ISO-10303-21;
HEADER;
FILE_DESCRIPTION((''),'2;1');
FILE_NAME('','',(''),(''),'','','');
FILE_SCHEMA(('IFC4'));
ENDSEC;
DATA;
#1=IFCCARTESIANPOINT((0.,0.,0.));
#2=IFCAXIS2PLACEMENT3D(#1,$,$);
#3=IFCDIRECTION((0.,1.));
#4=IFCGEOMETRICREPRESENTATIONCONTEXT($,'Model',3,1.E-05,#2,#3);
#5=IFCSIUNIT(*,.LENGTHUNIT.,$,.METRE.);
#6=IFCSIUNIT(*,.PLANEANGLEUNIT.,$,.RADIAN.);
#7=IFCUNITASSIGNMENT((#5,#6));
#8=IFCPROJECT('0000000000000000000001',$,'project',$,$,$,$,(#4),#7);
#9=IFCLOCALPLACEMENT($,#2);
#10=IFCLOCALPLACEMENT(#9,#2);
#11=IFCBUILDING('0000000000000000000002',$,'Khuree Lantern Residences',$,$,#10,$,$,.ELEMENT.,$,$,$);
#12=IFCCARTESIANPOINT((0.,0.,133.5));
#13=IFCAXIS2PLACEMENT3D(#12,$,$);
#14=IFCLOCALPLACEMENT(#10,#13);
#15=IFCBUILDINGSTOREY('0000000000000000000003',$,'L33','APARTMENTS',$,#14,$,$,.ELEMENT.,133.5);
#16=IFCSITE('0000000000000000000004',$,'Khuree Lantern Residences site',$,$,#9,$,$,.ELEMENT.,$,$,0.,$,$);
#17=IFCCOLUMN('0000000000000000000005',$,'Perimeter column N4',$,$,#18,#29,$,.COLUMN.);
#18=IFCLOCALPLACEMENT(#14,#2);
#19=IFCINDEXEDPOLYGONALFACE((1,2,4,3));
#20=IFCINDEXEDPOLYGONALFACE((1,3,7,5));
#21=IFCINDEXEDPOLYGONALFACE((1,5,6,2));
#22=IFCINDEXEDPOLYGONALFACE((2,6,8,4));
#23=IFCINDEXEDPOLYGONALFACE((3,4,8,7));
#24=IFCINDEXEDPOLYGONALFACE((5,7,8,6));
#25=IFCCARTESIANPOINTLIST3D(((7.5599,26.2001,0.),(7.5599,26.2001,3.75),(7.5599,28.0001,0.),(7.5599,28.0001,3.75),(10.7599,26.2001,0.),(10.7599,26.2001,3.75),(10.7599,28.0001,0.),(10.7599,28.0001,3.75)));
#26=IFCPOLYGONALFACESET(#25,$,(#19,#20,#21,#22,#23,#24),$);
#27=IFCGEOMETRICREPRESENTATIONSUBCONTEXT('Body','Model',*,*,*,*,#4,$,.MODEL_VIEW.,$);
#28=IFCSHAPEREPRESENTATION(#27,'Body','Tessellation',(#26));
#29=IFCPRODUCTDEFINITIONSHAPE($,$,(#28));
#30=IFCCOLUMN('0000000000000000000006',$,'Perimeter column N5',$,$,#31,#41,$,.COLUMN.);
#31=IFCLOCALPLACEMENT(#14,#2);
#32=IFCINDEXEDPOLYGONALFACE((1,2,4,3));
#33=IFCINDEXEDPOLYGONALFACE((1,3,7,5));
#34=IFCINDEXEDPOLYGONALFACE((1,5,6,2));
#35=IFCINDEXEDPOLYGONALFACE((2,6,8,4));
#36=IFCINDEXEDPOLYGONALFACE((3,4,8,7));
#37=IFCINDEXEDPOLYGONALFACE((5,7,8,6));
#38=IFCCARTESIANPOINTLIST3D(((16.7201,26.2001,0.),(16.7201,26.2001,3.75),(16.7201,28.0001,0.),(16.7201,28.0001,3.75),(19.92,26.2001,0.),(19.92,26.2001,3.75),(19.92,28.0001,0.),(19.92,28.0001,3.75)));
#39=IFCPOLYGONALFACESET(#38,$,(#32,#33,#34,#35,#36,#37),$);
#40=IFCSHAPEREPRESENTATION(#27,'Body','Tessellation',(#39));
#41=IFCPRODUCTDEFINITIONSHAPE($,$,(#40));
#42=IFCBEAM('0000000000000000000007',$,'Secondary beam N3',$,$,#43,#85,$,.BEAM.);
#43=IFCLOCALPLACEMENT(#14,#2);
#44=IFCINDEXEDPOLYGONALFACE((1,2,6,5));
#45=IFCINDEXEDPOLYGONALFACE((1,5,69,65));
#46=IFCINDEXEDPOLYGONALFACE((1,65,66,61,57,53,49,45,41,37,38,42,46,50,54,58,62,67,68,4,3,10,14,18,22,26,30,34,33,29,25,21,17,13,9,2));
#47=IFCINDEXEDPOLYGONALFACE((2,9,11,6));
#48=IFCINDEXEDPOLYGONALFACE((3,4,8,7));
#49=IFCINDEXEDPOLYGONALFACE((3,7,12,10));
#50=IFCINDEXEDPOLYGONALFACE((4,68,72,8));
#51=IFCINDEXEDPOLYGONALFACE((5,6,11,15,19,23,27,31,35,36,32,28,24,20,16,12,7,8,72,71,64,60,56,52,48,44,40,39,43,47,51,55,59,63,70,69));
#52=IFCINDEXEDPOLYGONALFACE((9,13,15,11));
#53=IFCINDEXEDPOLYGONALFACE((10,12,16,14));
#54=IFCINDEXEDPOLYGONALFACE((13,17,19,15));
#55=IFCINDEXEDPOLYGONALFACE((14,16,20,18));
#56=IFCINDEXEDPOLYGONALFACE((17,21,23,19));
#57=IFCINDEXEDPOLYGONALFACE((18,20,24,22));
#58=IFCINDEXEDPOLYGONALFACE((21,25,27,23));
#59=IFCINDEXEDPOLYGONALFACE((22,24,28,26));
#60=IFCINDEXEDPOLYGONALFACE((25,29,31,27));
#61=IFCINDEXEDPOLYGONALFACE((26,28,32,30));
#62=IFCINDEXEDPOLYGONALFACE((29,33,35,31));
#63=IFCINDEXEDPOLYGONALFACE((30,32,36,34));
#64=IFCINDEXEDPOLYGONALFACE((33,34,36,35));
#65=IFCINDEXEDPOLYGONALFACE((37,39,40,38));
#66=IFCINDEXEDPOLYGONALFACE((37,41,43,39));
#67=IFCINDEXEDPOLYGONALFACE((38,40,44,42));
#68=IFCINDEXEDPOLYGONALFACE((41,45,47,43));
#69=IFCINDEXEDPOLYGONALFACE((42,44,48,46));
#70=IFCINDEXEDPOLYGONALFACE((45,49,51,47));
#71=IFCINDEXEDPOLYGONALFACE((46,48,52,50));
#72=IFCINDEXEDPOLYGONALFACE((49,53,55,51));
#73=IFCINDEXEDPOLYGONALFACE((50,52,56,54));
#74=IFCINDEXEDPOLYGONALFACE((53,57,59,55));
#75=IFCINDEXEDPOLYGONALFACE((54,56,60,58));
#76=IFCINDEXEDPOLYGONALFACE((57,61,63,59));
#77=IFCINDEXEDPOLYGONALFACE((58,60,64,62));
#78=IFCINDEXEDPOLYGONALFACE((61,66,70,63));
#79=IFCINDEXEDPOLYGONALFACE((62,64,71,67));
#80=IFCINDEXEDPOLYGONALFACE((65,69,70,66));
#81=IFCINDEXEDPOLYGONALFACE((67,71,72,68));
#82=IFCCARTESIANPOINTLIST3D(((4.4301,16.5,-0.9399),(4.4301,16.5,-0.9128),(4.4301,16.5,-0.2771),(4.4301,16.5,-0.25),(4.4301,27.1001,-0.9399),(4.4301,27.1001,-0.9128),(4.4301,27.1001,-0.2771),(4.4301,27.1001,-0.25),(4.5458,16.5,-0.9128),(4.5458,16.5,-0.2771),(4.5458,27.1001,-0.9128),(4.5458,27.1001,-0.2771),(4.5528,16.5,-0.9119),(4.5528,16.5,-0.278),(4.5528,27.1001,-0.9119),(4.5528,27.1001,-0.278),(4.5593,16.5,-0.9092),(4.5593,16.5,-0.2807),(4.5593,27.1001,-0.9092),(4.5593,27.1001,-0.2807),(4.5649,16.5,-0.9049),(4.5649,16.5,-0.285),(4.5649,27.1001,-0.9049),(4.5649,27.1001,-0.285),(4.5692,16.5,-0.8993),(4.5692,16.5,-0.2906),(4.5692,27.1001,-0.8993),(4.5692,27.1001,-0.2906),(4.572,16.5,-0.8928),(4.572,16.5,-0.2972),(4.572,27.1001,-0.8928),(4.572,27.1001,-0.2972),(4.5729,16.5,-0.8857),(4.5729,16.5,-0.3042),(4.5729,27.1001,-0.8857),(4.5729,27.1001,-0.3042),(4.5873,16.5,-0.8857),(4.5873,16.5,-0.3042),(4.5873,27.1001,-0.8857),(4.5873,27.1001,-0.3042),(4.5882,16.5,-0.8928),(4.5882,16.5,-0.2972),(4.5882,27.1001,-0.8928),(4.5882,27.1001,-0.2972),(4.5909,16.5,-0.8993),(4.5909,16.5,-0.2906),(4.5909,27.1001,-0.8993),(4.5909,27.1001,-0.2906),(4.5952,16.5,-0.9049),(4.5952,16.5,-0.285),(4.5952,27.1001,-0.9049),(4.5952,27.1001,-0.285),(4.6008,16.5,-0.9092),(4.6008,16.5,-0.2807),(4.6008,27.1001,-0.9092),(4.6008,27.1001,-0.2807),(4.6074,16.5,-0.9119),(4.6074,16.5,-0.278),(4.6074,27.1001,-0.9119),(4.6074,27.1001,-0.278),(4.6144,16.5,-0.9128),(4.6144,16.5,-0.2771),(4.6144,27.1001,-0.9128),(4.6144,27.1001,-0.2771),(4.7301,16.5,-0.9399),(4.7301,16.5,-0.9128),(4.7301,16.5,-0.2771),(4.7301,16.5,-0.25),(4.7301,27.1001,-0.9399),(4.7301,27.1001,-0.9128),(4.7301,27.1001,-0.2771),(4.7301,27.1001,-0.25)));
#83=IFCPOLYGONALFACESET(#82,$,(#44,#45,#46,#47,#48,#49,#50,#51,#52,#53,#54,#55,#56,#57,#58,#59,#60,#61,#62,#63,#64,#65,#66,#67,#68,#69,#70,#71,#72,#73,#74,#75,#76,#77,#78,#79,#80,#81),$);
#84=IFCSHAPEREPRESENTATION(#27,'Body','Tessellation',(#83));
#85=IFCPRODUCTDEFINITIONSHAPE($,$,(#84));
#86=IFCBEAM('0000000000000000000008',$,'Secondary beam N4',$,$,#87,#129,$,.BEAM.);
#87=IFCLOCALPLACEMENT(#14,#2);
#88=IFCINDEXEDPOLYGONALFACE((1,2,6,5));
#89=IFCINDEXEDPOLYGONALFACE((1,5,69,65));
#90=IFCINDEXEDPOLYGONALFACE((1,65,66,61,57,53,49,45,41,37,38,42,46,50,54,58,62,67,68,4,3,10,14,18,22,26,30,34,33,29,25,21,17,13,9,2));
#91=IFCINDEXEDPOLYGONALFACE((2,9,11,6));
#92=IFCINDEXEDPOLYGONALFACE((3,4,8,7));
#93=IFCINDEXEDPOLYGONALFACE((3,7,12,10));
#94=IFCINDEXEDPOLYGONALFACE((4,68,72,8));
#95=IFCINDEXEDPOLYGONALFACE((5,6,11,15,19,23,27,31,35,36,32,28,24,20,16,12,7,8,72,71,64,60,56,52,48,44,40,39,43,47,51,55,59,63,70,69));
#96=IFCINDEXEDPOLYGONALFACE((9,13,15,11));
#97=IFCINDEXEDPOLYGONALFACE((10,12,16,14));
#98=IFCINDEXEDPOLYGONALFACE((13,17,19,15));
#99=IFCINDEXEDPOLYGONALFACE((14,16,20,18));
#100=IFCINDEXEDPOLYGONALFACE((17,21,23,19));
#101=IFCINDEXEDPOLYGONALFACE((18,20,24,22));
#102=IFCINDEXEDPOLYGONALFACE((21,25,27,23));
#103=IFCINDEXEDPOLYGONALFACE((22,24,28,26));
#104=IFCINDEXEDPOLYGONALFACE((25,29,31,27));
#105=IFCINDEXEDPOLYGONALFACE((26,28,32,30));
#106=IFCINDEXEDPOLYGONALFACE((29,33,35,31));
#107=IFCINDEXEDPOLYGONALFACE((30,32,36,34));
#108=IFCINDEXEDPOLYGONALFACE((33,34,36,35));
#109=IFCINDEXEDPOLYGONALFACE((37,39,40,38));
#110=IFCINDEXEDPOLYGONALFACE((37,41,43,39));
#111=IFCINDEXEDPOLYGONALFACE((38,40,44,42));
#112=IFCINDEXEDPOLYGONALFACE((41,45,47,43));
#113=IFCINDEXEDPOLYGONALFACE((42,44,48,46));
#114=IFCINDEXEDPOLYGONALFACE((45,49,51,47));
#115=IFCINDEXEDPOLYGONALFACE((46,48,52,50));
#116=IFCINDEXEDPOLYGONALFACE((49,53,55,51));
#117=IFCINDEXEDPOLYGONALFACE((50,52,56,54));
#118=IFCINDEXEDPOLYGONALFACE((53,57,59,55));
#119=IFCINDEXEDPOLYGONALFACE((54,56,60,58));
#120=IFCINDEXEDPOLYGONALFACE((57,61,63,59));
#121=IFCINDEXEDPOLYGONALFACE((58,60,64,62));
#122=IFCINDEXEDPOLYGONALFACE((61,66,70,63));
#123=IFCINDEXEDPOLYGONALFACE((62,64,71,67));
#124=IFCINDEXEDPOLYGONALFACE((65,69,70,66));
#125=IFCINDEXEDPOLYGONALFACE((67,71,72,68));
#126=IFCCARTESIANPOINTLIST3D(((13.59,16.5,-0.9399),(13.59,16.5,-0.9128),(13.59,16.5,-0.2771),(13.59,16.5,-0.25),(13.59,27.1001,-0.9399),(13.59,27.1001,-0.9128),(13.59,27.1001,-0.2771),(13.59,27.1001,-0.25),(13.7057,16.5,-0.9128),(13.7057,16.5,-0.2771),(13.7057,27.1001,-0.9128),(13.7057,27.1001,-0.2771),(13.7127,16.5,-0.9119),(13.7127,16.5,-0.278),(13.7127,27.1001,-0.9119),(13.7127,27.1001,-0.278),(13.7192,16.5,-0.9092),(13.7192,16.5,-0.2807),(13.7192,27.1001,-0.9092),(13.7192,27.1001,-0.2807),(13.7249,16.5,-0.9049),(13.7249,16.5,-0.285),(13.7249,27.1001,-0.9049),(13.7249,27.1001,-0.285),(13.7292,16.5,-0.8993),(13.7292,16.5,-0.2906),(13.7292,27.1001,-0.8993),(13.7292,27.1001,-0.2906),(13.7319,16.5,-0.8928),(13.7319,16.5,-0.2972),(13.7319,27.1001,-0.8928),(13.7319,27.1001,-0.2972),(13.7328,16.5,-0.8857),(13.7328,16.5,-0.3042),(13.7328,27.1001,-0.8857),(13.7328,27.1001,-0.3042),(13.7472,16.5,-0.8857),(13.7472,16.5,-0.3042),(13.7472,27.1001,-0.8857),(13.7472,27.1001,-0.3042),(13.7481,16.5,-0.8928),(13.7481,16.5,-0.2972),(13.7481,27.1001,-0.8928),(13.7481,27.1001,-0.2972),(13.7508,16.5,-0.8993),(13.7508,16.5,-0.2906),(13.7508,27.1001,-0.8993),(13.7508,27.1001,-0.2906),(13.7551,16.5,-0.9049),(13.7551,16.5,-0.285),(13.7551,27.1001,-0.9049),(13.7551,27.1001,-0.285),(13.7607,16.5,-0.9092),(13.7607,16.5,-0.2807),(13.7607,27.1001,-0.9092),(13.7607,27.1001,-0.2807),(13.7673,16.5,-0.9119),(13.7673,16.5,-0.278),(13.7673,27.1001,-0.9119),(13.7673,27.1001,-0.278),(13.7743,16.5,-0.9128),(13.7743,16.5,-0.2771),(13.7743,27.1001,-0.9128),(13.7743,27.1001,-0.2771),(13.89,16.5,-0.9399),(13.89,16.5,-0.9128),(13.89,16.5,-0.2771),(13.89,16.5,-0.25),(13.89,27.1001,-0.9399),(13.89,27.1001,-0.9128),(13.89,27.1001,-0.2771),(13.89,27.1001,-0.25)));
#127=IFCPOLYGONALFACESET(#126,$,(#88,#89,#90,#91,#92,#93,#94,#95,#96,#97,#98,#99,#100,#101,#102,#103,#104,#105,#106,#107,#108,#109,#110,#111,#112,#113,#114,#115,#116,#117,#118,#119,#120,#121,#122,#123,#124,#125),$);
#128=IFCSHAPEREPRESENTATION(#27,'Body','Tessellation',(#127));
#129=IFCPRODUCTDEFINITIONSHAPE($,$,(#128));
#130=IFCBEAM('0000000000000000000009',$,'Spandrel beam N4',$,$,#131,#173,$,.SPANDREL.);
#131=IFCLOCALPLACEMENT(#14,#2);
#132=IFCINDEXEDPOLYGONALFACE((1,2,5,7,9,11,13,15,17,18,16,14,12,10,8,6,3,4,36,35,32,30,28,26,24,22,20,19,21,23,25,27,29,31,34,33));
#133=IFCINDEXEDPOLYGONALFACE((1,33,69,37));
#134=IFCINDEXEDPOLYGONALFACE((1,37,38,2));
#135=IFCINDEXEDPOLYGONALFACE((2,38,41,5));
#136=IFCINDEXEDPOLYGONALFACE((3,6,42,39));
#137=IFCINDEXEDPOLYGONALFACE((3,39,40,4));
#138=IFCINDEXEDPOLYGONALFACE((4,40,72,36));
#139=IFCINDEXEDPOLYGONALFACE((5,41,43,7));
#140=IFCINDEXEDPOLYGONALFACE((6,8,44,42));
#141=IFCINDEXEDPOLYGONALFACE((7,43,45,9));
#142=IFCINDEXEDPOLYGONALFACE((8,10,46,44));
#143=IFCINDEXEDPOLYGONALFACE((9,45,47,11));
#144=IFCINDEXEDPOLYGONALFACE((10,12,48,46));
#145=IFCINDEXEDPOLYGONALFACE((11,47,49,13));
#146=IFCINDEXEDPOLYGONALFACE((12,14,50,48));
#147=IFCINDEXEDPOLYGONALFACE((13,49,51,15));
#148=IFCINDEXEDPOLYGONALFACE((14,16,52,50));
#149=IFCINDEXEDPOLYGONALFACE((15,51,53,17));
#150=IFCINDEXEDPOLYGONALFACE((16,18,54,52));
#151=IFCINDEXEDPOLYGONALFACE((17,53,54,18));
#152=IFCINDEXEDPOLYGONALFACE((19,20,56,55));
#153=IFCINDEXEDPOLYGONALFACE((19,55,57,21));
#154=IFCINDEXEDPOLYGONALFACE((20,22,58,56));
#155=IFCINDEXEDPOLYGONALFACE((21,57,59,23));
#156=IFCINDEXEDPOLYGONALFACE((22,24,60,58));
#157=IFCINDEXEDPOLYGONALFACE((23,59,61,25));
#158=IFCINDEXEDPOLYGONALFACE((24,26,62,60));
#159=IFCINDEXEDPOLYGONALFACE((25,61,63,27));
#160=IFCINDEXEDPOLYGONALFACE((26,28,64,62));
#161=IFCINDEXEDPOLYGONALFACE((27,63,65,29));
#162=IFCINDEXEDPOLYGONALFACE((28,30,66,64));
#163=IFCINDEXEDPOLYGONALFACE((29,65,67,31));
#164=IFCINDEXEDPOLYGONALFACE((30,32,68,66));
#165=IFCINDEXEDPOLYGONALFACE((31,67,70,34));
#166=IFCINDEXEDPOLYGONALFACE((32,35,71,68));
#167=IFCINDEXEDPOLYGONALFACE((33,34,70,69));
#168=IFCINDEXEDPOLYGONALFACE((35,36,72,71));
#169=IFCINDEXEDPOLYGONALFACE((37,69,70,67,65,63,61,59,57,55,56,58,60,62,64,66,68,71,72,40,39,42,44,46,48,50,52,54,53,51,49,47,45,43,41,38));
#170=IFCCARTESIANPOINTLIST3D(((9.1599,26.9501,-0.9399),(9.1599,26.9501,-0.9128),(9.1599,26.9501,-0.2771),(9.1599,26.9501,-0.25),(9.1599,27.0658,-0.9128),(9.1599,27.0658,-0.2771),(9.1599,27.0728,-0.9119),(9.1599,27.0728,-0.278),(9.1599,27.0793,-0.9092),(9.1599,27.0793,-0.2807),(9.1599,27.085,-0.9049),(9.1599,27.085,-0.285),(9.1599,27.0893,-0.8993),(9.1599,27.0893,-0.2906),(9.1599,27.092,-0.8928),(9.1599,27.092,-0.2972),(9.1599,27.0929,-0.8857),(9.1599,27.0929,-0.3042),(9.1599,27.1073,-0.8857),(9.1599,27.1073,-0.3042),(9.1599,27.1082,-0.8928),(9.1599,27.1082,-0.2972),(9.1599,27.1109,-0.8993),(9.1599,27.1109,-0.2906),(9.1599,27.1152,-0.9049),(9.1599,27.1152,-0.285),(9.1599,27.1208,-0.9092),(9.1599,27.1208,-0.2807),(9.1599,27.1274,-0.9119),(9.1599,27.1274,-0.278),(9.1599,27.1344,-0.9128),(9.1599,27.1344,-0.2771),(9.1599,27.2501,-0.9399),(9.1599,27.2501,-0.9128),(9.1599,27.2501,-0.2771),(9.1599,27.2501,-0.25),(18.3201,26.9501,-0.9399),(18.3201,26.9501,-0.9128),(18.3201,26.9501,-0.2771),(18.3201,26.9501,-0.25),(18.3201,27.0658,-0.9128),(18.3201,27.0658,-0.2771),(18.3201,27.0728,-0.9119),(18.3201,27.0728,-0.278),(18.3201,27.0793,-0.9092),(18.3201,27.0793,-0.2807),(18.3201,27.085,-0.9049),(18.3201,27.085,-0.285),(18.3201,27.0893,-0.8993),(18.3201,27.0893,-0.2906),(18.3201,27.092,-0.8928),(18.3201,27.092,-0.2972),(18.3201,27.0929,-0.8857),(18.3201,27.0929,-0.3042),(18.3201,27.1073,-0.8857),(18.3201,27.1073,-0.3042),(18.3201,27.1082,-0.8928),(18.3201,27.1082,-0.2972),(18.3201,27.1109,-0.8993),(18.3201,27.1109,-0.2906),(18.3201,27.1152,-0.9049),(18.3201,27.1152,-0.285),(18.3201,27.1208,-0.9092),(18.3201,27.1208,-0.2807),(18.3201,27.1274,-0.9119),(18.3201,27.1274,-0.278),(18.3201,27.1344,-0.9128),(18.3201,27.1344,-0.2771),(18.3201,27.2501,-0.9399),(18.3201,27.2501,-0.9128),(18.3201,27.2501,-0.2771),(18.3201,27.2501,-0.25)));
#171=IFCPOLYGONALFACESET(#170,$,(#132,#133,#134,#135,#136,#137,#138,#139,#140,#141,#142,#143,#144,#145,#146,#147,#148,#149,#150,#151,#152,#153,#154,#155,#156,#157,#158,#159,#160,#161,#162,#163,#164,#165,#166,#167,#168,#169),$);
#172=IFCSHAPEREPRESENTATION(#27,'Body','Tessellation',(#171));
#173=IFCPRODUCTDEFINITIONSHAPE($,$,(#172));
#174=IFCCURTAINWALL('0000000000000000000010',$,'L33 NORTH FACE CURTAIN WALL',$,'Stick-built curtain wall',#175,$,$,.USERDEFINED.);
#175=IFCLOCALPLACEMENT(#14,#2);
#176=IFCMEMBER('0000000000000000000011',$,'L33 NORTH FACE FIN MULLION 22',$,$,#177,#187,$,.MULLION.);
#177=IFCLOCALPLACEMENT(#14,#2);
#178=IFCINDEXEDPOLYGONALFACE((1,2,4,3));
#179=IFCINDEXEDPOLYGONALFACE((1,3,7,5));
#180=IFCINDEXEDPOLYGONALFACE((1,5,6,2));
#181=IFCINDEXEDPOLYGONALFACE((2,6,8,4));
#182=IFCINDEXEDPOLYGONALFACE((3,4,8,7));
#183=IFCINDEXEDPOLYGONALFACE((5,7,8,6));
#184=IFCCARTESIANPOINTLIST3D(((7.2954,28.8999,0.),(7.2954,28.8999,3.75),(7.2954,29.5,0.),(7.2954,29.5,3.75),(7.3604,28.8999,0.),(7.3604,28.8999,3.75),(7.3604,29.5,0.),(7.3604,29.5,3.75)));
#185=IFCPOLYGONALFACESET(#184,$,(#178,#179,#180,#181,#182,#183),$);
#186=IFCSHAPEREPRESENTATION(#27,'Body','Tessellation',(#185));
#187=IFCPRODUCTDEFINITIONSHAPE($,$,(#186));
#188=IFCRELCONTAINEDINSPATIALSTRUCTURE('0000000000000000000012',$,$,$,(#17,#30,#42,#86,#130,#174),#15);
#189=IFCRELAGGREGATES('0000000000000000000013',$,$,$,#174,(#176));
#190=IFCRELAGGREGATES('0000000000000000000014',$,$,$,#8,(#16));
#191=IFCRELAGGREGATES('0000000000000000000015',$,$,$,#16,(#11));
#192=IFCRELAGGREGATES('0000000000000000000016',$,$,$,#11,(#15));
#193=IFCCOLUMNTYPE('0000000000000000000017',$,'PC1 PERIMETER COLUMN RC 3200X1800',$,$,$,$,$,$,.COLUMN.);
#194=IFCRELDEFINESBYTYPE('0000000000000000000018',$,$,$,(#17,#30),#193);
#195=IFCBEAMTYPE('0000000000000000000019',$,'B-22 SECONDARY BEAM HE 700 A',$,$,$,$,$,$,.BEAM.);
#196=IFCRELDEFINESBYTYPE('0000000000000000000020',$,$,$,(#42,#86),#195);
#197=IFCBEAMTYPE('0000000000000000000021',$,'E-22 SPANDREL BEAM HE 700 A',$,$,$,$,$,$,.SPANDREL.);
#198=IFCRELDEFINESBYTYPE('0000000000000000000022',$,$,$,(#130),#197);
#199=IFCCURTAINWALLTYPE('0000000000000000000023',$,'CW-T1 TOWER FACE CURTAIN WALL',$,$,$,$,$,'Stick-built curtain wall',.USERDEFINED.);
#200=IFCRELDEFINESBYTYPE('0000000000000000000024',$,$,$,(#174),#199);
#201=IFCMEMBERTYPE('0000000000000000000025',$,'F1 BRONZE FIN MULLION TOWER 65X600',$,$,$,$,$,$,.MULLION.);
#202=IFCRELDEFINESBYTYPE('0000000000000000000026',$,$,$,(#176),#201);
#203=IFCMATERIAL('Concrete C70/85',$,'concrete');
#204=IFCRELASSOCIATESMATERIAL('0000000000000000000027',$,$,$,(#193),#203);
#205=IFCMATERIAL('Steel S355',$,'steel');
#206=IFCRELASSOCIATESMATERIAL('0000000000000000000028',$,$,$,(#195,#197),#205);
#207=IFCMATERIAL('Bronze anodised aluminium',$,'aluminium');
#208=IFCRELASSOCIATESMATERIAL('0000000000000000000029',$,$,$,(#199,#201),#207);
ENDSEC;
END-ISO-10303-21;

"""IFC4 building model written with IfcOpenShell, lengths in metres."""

from ifc_helpers import new_model, si_unit, direction, frame, origin, origin_2d, place, context, subcontext, project, spatial, rectangle, i_section, extrude, material, material_profile, profile_set, type_object, element, aggregate, save


model = new_model("IFC4")

# Units and contexts
model_context = context("Model", 3, precision=1e-05, world=origin(), true_north=direction((0.0, 1.0)))
body_context = subcontext(model_context, "Body", "Model", "MODEL_VIEW")
ifc_project = project(units=[si_unit("LENGTHUNIT", "METRE"), si_unit("PLANEANGLEUNIT", "RADIAN")], contexts=[model_context])

# Site, building, storey
site_placement = place(None, origin())
site = spatial("IfcSite", under=ifc_project, at=site_placement, Name="Khuree Lantern Residences site", CompositionType="ELEMENT", RefElevation=0.0)
building_placement = place(site_placement, origin())
building = spatial("IfcBuilding", under=site, at=building_placement, Name="Khuree Lantern Residences", CompositionType="ELEMENT")
storey_placement = place(building_placement, frame((0.0, 0.0, 133.5)))
storey = spatial("IfcBuildingStorey", under=building, at=storey_placement, Name="L33", Description="APARTMENTS", CompositionType="ELEMENT", Elevation=133.5)

# Columns
ifc_material_1 = material(Name="Concrete C70/85", Category="concrete")
ifc_material_profile_1 = material_profile(ifc_material_1, rectangle(XDim=3.2, YDim=1.8, at=origin_2d()), Name="RC 3200X1800")
ifc_profile_set_1 = profile_set([ifc_material_profile_1], Name="Concrete C70/85")
column_type = type_object("IfcColumnType", Name="PC1 PERIMETER COLUMN RC 3200X1800", PredefinedType="COLUMN", material=ifc_profile_set_1)
for number, where, z_axis, x_axis, name in (
    (1, (9.1599, 27.1001, 0.0), (0.0, 0.0, 1.0), (1.0, 0.0, 0.0), "Perimeter column N4"),
    (2, (18.3201, 27.1001, 0.0), (0.0, 0.0, 1.0), (1.0, 0.0, 0.0), "Perimeter column N5"),
):
    element("IfcColumn", number, at=place(storey_placement, frame(where, z_axis=z_axis, x_axis=x_axis)), inside=storey, type_object=column_type, Name=name, PredefinedType="COLUMN", context=body_context, shape_type="SweptSolid", body=[
        extrude(rectangle(XDim=3.2, YDim=1.8, at=origin_2d()), origin(), (0.0, 0.0, 1.0), 3.75),
    ])

# Beams
ifc_material_2 = material(Name="Steel S355", Category="steel")
ifc_material_profile_2 = material_profile(ifc_material_2, i_section(OverallWidth=0.3, OverallDepth=0.6899, WebThickness=0.0144, FlangeThickness=0.0271, FilletRadius=0.0271, at=origin_2d()), Name="HE 700 A")
ifc_profile_set_2 = profile_set([ifc_material_profile_2], Name="Steel S355")
beam_type_1 = type_object("IfcBeamType", Name="B-22 SECONDARY BEAM HE 700 A", PredefinedType="BEAM", material=ifc_profile_set_2)
for number, where, z_axis, x_axis, name in (
    (3, (4.5801, 27.1001, -0.595), (0.0, -1.0, 0.0), (1.0, 0.0, 0.0), "Secondary beam N3"),
    (4, (13.74, 27.1001, -0.595), (0.0, -1.0, 0.0), (1.0, 0.0, 0.0), "Secondary beam N4"),
):
    element("IfcBeam", number, at=place(storey_placement, frame(where, z_axis=z_axis, x_axis=x_axis)), inside=storey, type_object=beam_type_1, Name=name, PredefinedType="BEAM", context=body_context, shape_type="SweptSolid", body=[
        extrude(i_section(OverallWidth=0.3, OverallDepth=0.6899, WebThickness=0.0144, FlangeThickness=0.0271, FilletRadius=0.0271, at=origin_2d()), origin(), (0.0, 0.0, 1.0), 10.6001),
    ])
ifc_material_profile_3 = material_profile(ifc_material_2, i_section(OverallWidth=0.3, OverallDepth=0.6899, WebThickness=0.0144, FlangeThickness=0.0271, FilletRadius=0.0271, at=origin_2d()), Name="HE 700 A")
ifc_profile_set_3 = profile_set([ifc_material_profile_3], Name="Steel S355")
beam_type_2 = type_object("IfcBeamType", Name="E-22 SPANDREL BEAM HE 700 A", PredefinedType="SPANDREL", material=ifc_profile_set_3)
beam_1_placement = place(storey_placement, frame((9.1599, 27.1001, -0.595), z_axis=(1.0, 0.0, 0.0), x_axis=(0.0, 1.0, 0.0)))
element("IfcBeam", 5, at=beam_1_placement, inside=storey, type_object=beam_type_2, Name="Spandrel beam N4", PredefinedType="SPANDREL", context=body_context, shape_type="SweptSolid", body=[
    extrude(i_section(OverallWidth=0.3, OverallDepth=0.6899, WebThickness=0.0144, FlangeThickness=0.0271, FilletRadius=0.0271, at=origin_2d()), origin(), (0.0, 0.0, 1.0), 9.1602),
])

# Curtain wall, member
ifc_material_3 = material(Name="Bronze anodised aluminium", Category="aluminium")
curtain_wall_type = type_object("IfcCurtainWallType", Name="CW-T1 TOWER FACE CURTAIN WALL", ElementType="Stick-built curtain wall", PredefinedType="USERDEFINED", material=ifc_material_3)
curtain_wall_placement = place(storey_placement, origin())
curtain_wall = element("IfcCurtainWall", 6, at=curtain_wall_placement, inside=storey, type_object=curtain_wall_type, Name="L33 NORTH FACE CURTAIN WALL", ObjectType="Stick-built curtain wall", PredefinedType="USERDEFINED")
ifc_material_profile_4 = material_profile(ifc_material_3, rectangle(XDim=0.0649, YDim=0.6001, at=origin_2d()), Name="F1 65X600")
ifc_profile_set_4 = profile_set([ifc_material_profile_4], Name="Bronze anodised aluminium")
member_type_1 = type_object("IfcMemberType", Name="F1 BRONZE FIN MULLION TOWER 65X600", PredefinedType="MULLION", material=ifc_profile_set_4)
member_1_placement = place(storey_placement, frame((7.3279, 29.2, 0.0), z_axis=(0.0, 0.0, 1.0), x_axis=(-1.0, 0.0, 0.0)))
member_1 = element("IfcMember", 7, at=member_1_placement, type_object=member_type_1, Name="L33 NORTH FACE FIN MULLION 22", PredefinedType="MULLION", context=body_context, shape_type="SweptSolid", body=[
    extrude(rectangle(XDim=0.0649, YDim=0.6001, at=origin_2d()), origin(), (0.0, 0.0, 1.0), 3.75),
])

aggregate(curtain_wall, [member_1])

save(model, "model.ifc")
